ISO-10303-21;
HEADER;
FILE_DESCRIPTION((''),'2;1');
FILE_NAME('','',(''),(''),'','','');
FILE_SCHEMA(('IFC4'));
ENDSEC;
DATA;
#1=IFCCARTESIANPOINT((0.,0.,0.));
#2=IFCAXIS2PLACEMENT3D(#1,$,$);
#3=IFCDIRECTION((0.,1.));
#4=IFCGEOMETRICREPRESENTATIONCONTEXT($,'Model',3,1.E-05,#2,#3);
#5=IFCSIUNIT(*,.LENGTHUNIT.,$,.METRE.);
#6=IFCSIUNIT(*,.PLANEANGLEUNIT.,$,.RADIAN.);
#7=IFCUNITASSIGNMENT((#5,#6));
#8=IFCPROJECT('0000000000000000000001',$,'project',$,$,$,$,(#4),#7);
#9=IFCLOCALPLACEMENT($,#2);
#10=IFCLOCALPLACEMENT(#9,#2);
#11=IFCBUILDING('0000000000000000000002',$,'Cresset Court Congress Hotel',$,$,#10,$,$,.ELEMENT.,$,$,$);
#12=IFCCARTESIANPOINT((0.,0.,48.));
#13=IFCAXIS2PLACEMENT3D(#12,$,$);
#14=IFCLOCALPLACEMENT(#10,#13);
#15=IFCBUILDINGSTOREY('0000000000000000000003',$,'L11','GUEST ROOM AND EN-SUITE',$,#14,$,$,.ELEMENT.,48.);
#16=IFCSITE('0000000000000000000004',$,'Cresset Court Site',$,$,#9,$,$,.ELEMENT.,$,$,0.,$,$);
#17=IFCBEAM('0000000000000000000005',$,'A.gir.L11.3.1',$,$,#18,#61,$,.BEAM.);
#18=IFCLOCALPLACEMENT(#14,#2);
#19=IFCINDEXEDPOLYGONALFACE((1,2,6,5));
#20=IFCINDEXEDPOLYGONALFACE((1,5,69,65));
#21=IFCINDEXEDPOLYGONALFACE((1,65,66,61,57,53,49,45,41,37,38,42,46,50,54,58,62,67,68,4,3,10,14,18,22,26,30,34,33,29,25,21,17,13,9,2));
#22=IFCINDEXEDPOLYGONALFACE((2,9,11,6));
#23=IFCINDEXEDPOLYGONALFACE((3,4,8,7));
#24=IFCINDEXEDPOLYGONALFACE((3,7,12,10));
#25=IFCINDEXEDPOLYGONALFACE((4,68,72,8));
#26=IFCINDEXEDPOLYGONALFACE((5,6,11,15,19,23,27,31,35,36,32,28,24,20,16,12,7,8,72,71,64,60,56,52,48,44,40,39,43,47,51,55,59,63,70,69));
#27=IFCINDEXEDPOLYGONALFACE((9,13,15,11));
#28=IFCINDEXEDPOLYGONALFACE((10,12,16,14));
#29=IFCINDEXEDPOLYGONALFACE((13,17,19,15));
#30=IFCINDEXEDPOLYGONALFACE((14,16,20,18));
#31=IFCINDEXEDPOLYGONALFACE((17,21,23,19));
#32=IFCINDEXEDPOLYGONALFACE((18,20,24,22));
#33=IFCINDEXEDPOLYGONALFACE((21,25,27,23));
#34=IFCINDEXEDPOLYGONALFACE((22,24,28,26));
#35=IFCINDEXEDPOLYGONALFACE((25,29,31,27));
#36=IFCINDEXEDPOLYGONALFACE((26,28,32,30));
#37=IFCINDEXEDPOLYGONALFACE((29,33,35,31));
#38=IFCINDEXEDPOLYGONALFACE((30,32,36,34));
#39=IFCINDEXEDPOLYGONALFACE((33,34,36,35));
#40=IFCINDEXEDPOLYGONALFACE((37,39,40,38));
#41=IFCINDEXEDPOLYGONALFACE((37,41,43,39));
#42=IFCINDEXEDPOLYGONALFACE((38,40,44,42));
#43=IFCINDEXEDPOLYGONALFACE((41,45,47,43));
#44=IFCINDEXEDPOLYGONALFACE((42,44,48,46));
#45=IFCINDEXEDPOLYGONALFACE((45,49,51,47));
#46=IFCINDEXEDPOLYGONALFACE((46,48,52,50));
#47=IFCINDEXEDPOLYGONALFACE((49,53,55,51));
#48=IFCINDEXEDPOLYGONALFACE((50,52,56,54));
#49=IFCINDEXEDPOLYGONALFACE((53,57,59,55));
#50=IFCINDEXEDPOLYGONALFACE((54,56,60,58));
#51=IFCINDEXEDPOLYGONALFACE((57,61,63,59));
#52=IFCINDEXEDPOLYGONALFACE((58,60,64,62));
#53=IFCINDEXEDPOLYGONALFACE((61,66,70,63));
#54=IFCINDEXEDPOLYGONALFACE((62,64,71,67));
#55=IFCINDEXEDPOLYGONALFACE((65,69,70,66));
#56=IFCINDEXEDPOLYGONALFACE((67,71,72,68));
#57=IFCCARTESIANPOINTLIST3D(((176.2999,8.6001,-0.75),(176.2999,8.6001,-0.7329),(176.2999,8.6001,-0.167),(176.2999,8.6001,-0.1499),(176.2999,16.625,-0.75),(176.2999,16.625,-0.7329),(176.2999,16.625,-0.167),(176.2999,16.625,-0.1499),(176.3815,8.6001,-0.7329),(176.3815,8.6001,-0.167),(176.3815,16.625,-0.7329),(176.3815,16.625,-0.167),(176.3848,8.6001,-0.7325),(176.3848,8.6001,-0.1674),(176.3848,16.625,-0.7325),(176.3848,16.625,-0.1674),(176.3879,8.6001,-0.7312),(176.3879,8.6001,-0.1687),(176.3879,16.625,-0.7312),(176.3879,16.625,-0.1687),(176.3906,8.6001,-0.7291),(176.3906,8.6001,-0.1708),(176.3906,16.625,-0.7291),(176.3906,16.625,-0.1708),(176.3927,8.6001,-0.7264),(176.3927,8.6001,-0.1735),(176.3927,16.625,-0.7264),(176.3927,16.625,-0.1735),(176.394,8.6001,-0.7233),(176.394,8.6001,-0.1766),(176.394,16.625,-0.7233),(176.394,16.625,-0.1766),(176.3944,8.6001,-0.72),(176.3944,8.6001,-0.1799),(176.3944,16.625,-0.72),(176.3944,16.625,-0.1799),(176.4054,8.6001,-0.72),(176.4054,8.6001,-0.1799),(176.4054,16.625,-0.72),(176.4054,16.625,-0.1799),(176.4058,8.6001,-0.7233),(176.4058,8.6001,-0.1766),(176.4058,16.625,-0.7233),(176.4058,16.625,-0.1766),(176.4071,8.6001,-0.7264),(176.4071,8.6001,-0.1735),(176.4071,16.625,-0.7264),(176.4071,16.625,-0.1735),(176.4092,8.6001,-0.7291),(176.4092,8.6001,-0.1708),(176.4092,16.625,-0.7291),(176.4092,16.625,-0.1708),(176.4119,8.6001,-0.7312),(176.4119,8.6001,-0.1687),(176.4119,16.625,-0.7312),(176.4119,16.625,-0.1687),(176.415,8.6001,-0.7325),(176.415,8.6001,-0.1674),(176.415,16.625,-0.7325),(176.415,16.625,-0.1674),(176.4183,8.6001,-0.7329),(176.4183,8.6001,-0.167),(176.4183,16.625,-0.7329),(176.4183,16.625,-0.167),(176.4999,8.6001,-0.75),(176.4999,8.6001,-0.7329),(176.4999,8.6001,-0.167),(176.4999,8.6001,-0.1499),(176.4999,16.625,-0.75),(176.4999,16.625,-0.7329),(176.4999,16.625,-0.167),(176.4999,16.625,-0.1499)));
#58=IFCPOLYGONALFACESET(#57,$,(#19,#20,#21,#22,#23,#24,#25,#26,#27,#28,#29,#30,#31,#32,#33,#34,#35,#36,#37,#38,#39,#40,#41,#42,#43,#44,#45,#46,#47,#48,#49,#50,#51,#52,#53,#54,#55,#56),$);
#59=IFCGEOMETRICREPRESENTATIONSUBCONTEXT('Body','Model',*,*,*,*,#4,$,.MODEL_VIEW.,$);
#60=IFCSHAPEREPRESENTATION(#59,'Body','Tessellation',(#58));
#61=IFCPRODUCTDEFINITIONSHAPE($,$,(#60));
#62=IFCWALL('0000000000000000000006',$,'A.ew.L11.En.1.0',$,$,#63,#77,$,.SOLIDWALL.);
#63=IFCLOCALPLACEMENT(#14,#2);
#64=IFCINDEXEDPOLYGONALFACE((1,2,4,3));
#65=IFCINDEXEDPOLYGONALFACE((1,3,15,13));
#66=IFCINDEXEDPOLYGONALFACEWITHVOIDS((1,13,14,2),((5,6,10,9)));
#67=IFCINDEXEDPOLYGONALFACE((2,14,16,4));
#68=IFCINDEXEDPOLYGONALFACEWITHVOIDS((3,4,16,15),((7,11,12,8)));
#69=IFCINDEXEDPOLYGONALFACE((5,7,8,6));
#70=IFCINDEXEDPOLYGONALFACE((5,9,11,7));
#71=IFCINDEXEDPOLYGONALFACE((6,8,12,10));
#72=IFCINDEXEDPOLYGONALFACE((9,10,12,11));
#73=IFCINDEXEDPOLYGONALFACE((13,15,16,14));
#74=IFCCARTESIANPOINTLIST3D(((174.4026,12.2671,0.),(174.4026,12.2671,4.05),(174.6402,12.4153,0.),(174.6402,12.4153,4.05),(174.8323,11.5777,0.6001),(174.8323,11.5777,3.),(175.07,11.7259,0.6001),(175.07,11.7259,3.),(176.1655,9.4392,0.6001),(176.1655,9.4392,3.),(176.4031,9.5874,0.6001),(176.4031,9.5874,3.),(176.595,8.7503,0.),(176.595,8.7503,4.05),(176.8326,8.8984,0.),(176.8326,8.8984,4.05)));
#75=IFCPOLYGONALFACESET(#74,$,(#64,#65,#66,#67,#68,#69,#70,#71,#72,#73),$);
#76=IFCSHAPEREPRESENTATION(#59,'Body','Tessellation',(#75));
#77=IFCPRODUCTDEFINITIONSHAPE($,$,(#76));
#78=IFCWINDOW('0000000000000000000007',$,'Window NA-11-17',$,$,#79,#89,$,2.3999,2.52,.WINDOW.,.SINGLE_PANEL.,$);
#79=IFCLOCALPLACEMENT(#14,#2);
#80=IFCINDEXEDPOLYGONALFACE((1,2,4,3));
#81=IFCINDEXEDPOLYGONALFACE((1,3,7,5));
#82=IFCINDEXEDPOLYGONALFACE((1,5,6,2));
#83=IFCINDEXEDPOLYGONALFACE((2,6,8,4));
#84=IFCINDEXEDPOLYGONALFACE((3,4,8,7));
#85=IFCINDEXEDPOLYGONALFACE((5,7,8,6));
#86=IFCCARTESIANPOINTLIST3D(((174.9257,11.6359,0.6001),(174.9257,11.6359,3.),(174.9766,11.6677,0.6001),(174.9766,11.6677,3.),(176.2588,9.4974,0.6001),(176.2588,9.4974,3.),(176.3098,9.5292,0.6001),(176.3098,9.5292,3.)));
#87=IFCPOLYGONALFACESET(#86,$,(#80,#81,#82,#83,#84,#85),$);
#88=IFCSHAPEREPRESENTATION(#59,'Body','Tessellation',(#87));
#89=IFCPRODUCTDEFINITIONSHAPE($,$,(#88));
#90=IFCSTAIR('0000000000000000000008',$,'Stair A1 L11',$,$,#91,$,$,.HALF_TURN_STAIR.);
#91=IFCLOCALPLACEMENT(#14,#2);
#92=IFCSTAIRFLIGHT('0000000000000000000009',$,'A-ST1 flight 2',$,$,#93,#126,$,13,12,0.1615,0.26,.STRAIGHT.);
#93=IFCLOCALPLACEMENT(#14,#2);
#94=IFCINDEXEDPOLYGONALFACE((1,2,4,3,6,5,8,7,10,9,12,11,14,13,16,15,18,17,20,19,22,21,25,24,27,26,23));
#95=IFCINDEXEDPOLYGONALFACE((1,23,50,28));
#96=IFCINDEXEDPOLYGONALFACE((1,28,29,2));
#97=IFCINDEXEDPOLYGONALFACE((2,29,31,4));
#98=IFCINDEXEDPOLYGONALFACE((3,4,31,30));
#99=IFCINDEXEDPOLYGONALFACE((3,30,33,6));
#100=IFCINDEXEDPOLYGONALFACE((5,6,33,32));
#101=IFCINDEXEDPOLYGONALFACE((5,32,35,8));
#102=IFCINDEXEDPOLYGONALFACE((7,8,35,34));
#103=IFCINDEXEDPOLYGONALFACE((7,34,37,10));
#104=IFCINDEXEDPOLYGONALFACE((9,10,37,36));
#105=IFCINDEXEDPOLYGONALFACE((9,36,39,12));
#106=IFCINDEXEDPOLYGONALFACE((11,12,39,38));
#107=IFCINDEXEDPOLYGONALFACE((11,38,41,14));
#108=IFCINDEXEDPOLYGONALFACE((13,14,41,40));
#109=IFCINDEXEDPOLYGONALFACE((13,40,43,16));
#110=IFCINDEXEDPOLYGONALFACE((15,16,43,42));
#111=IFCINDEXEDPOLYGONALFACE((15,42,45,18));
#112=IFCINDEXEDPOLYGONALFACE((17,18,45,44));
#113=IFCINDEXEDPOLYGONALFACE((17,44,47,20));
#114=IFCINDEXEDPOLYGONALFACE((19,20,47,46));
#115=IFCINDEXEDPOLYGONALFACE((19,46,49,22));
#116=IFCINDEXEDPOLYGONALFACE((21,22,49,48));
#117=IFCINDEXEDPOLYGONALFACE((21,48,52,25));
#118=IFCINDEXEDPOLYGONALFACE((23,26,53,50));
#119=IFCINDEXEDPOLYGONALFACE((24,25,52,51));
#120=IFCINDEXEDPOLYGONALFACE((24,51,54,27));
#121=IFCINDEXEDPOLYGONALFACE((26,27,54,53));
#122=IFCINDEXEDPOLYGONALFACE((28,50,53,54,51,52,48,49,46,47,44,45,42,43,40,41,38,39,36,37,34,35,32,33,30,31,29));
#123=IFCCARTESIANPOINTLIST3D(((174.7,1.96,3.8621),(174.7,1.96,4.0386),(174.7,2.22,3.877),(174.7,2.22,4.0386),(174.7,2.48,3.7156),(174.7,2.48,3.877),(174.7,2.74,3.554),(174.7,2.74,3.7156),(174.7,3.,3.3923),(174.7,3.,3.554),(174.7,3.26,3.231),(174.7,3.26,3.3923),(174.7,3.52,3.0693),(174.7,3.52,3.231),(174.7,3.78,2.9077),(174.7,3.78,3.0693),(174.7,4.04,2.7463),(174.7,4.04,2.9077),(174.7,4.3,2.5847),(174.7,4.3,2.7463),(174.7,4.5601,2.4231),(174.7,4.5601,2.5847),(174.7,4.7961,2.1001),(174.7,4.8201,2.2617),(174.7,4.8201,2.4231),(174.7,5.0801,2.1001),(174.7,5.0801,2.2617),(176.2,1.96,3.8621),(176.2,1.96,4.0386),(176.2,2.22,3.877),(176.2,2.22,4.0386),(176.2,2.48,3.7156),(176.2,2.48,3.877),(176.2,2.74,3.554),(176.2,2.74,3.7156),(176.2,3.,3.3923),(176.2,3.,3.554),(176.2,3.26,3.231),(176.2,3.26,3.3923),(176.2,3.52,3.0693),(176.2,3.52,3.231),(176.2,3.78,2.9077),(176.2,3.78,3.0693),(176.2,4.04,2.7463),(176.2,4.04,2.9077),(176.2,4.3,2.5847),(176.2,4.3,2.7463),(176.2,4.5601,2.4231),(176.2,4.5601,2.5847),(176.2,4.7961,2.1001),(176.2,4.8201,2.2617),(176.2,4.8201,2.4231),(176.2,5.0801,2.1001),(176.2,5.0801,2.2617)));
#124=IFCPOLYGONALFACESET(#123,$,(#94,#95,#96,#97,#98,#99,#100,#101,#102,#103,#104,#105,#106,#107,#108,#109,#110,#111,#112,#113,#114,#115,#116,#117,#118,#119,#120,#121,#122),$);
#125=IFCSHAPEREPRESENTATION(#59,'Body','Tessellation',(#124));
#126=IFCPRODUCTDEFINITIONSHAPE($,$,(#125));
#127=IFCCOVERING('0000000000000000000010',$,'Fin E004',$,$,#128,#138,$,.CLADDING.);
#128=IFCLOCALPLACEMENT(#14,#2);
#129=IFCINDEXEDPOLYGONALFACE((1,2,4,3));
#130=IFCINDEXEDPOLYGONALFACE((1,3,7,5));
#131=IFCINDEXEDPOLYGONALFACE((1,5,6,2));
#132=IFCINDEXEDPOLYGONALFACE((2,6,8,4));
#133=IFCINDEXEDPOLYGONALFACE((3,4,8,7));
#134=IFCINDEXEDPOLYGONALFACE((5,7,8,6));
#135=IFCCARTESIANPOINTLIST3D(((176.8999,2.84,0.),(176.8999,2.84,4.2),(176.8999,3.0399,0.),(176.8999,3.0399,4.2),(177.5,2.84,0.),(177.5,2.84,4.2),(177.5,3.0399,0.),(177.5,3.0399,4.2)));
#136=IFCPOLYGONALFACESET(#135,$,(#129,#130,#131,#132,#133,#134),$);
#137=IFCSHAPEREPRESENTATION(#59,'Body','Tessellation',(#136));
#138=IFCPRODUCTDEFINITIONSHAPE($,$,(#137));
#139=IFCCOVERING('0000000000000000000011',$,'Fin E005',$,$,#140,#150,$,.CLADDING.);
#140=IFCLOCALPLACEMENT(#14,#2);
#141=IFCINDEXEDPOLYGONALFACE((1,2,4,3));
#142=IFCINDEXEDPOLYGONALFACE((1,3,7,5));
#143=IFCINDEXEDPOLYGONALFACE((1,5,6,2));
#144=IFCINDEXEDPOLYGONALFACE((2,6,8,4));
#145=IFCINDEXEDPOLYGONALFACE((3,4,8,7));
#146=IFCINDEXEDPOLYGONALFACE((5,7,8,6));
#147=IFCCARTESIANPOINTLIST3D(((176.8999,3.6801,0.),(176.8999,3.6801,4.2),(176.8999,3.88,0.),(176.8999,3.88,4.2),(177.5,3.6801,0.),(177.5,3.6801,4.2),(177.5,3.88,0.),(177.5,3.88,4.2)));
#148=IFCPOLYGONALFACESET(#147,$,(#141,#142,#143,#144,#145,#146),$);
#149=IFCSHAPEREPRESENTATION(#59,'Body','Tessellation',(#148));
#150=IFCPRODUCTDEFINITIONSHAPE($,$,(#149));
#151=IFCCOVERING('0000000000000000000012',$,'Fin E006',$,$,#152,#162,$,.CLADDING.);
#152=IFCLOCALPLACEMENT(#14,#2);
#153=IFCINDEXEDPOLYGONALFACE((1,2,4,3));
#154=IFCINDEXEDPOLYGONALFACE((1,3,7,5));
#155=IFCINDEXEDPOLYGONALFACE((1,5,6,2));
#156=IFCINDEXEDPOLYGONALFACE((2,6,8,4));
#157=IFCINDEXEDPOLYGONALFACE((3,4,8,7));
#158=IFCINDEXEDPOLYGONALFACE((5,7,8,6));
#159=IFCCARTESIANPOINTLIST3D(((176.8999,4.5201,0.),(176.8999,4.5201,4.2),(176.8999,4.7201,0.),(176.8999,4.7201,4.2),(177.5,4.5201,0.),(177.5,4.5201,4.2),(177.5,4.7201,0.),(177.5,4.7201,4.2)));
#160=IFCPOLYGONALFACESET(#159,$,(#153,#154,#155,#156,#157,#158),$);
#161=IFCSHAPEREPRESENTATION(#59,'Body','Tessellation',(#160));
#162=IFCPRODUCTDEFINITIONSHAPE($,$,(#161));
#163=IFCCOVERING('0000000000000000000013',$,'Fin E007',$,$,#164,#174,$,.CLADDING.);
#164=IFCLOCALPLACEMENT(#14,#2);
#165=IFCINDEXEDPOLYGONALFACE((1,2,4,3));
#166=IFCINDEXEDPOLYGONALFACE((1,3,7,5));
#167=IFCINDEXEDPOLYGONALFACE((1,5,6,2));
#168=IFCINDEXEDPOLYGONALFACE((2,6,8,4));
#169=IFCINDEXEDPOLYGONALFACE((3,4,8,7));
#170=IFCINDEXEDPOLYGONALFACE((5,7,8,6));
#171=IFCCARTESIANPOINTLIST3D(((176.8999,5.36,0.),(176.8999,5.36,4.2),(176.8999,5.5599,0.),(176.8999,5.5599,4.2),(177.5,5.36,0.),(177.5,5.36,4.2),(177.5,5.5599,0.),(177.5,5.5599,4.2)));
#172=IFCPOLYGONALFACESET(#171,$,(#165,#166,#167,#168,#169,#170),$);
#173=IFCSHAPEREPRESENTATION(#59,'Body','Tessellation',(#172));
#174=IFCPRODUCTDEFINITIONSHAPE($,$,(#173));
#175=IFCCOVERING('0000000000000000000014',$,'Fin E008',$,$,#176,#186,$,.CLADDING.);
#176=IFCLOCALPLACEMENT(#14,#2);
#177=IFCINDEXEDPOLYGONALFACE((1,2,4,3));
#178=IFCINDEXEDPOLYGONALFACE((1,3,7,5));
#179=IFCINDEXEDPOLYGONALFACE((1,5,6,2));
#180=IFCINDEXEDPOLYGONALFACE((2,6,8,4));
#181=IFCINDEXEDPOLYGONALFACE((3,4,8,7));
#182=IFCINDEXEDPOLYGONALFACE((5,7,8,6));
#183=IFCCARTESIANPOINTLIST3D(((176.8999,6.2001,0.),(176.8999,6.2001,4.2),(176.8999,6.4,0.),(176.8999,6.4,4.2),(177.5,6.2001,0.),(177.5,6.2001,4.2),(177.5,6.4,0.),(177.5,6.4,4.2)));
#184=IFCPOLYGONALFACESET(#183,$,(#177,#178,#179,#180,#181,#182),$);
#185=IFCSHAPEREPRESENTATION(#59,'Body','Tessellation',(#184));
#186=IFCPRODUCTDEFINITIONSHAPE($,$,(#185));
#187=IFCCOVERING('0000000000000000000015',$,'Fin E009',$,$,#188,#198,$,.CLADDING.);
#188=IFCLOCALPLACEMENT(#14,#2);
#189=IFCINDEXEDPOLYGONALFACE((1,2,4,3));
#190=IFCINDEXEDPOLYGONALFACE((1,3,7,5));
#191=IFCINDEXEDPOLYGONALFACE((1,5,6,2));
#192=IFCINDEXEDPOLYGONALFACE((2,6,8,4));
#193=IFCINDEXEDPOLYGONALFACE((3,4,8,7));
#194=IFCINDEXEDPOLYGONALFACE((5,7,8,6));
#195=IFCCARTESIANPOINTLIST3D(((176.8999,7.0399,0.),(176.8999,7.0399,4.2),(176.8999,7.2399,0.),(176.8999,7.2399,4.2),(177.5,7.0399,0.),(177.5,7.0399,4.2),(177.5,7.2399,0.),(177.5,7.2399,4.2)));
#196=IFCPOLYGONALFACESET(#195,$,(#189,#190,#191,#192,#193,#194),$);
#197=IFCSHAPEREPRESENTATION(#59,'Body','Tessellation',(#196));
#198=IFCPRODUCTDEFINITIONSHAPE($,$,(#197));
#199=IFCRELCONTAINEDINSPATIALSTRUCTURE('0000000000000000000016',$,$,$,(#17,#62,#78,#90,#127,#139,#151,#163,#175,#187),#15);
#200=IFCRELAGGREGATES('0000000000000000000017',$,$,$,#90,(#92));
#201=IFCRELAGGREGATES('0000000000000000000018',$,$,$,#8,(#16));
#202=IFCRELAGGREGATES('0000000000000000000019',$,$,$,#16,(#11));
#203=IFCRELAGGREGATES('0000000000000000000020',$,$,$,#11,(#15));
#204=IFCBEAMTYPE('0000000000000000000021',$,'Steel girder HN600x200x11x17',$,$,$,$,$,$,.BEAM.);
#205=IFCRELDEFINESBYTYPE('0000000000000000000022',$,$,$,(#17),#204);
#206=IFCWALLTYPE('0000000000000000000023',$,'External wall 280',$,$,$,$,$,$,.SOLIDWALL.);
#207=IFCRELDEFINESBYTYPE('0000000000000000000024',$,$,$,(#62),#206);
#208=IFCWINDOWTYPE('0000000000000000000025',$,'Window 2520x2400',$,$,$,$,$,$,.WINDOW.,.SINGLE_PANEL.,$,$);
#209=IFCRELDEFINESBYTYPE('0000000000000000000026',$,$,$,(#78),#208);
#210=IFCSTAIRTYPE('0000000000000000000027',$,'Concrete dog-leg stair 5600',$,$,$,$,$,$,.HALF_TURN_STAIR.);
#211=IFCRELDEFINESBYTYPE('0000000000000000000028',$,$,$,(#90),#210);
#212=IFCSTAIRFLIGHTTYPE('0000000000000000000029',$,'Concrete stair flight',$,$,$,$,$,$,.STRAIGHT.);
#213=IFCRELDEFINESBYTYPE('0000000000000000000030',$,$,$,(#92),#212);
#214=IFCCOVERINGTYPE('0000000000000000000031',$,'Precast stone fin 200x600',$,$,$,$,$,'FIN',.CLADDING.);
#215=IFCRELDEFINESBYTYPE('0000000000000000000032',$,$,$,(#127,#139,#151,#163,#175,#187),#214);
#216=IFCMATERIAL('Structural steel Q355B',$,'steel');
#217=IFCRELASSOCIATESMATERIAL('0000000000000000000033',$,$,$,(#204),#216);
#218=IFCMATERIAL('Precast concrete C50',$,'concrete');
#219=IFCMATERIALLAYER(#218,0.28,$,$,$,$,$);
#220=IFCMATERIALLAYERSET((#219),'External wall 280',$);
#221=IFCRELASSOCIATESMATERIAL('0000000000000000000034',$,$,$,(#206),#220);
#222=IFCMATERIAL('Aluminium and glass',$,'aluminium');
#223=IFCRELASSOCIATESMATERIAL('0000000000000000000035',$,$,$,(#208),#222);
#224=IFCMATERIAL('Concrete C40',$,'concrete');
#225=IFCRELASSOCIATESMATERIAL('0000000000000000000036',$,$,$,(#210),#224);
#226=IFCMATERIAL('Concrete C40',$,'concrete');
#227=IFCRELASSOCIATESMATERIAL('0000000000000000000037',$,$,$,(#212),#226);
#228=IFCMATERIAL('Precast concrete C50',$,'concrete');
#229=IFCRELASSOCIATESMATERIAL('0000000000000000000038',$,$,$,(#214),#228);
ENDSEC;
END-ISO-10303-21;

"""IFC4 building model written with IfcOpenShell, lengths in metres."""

from ifc_helpers import new_model, si_unit, direction, frame, frame_2d, origin, origin_2d, place, context, subcontext, project, spatial, polyline, rectangle, i_section, outline, extrude, material, layer, layer_set, material_profile, profile_set, type_object, element, fill, aggregate, save


model = new_model("IFC4")

# Units and contexts
model_context = context("Model", 3, precision=1e-05, world=origin(), true_north=direction((0.0, 1.0)))
body_context = subcontext(model_context, "Body", "Model", "MODEL_VIEW")
ifc_project = project(units=[si_unit("LENGTHUNIT", "METRE"), si_unit("PLANEANGLEUNIT", "RADIAN")], contexts=[model_context])

# Site, building, storey
site_placement = place(None, origin())
site = spatial("IfcSite", under=ifc_project, at=site_placement, Name="Cresset Court Site", CompositionType="ELEMENT", RefElevation=0.0)
building_placement = place(site_placement, origin())
building = spatial("IfcBuilding", under=site, at=building_placement, Name="Cresset Court Congress Hotel", CompositionType="ELEMENT")
storey_placement = place(building_placement, frame((0.0, 0.0, 48.0)))
storey = spatial("IfcBuildingStorey", under=building, at=storey_placement, Name="L11", Description="GUEST ROOM AND EN-SUITE", CompositionType="ELEMENT", Elevation=48.0)

# Beam
ifc_material_1 = material(Name="Structural steel Q355B", Category="steel")
ifc_material_profile = material_profile(ifc_material_1, i_section(OverallWidth=0.2, OverallDepth=0.6001, WebThickness=0.011, FlangeThickness=0.0171, FilletRadius=0.0129, at=origin_2d()), Name="HN600x200x11x17")
ifc_profile_set = profile_set([ifc_material_profile], Name="Structural steel Q355B")
beam_type = type_object("IfcBeamType", Name="Steel girder HN600x200x11x17", PredefinedType="BEAM", material=ifc_profile_set)
beam_placement = place(storey_placement, frame((176.3999, 8.6001, -0.45), z_axis=(0.0, 1.0, 0.0), x_axis=(-1.0, 0.0, 0.0)))
element("IfcBeam", 1, at=beam_placement, inside=storey, type_object=beam_type, Name="A.gir.L11.3.1", PredefinedType="BEAM", context=body_context, shape_type="SweptSolid", body=[
    extrude(i_section(OverallWidth=0.2, OverallDepth=0.6001, WebThickness=0.011, FlangeThickness=0.0171, FilletRadius=0.0129, at=origin_2d()), origin(), (0.0, 0.0, 1.0), 8.0249),
])

# Wall, opening, window
ifc_material_2 = material(Name="Precast concrete C50", Category="concrete")
ifc_layer = layer(ifc_material_2, 0.28)
ifc_layer_set = layer_set([ifc_layer], Name="External wall 280")
wall_type = type_object("IfcWallType", Name="External wall 280", PredefinedType="SOLIDWALL", material=ifc_layer_set)
wall_1_placement = place(storey_placement, frame((176.7139, 8.8242, 0.0), z_axis=(0.0, 0.0, 1.0), x_axis=(-0.529019, 0.84861, 0.0)))
wall_1 = element("IfcWall", 2, at=wall_1_placement, inside=storey, type_object=wall_type, Name="A.ew.L11.En.1.0", PredefinedType="SOLIDWALL", context=body_context, shape_type="SweptSolid", body=[
    extrude(rectangle(XDim=4.1443, YDim=0.28, at=frame_2d((2.0723, 0.0))), origin(), (0.0, 0.0, 1.0), 4.05),
])
opening_placement = place(wall_1_placement, frame((0.812, 0.0, 0.6001)))
opening = element("IfcOpeningElement", 3, at=opening_placement, cuts=wall_1, PredefinedType="OPENING", context=body_context, shape_type="SweptSolid", body=[
    extrude(rectangle(XDim=2.52, YDim=2.3999, at=frame_2d((1.26, 1.2))), frame((0.0, 0.1499, 0.0), z_axis=(0.0, -1.0, 0.0), x_axis=(1.0, 0.0, 0.0)), (0.0, 0.0, 1.0), 0.3),
])
ifc_material_3 = material(Name="Aluminium and glass", Category="aluminium")
window_type = type_object("IfcWindowType", Name="Window 2520x2400", PartitioningType="SINGLE_PANEL", PredefinedType="WINDOW", material=ifc_material_3)
window_placement = place(opening_placement, origin())
window = element("IfcWindow", 4, at=window_placement, inside=storey, type_object=window_type, Name="Window NA-11-17", OverallHeight=2.3999, OverallWidth=2.52, PartitioningType="SINGLE_PANEL", PredefinedType="WINDOW", context=body_context, shape_type="SweptSolid", body=[
    extrude(rectangle(XDim=2.52, YDim=2.3999, at=frame_2d((1.26, 1.2))), frame((0.0, 0.03, 0.0), z_axis=(0.0, -1.0, 0.0), x_axis=(1.0, 0.0, 0.0)), (0.0, 0.0, 1.0), 0.0601),
])
fill(opening, window)

# Stair, stair flight
ifc_material_4 = material(Name="Concrete C40", Category="concrete")
stair_type = type_object("IfcStairType", Name="Concrete dog-leg stair 5600", PredefinedType="HALF_TURN_STAIR", material=ifc_material_4)
stair_placement = place(storey_placement, origin())
stair = element("IfcStair", 5, at=stair_placement, inside=storey, type_object=stair_type, Name="Stair A1 L11", PredefinedType="HALF_TURN_STAIR")
ifc_material_5 = material(Name="Concrete C40", Category="concrete")
stair_flight_type = type_object("IfcStairFlightType", Name="Concrete stair flight", PredefinedType="STRAIGHT", material=ifc_material_5)
stair_flight_placement = place(storey_placement, frame((175.45, 5.0801, 2.1001), z_axis=(0.0, 0.0, 1.0), x_axis=(0.0, -1.0, 0.0)))
stair_flight = element("IfcStairFlight", 6, at=stair_flight_placement, type_object=stair_flight_type, Name="A-ST1 flight 2", NumberOfRisers=13, NumberOfTreads=12, PredefinedType="STRAIGHT", RiserHeight=0.1615, TreadLength=0.26, context=body_context, shape_type="SweptSolid", body=[
    extrude(outline(polyline([(0.0, 0.0), (0.0, 0.1616), (0.26, 0.1616), (0.26, 0.323), (0.52, 0.323), (0.52, 0.4846), (0.78, 0.4846), (0.78, 0.6462), (1.04, 0.6462), (1.04, 0.8076), (1.3, 0.8076), (1.3, 0.9692), (1.5601, 0.9692), (1.5601, 1.1309), (1.8201, 1.1309), (1.8201, 1.2922), (2.0801, 1.2922), (2.0801, 1.4539), (2.3401, 1.4539), (2.3401, 1.6155), (2.6001, 1.6155), (2.6001, 1.7769), (2.8601, 1.7769), (2.8601, 1.9385), (3.1201, 1.9385), (3.1201, 2.1001), (3.1201, 1.762), (0.2839, 0.0), (0.0, 0.0)])), frame((0.0, 0.75, 0.0), z_axis=(0.0, -1.0, 0.0), x_axis=(1.0, 0.0, 0.0)), (0.0, 0.0, 1.0), 1.5),
])
aggregate(stair, [stair_flight])

# Coverings
ifc_material_6 = material(Name="Precast concrete C50", Category="concrete")
covering_type_1 = type_object("IfcCoveringType", Name="Precast stone fin 200x600", ElementType="FIN", PredefinedType="CLADDING", material=ifc_material_6)
for number, where, z_axis, x_axis, name in (
    (7, (177.2, 2.9399, 0.0), (0.0, 0.0, 1.0), (1.0, 0.0, 0.0), "Fin E004"),
    (8, (177.2, 3.78, 0.0), (0.0, 0.0, 1.0), (1.0, 0.0, 0.0), "Fin E005"),
    (9, (177.2, 4.6201, 0.0), (0.0, 0.0, 1.0), (1.0, 0.0, 0.0), "Fin E006"),
    (10, (177.2, 5.46, 0.0), (0.0, 0.0, 1.0), (1.0, 0.0, 0.0), "Fin E007"),
    (11, (177.2, 6.3, 0.0), (0.0, 0.0, 1.0), (1.0, 0.0, 0.0), "Fin E008"),
    (12, (177.2, 7.1399, 0.0), (0.0, 0.0, 1.0), (1.0, 0.0, 0.0), "Fin E009"),
):
    element("IfcCovering", number, at=place(storey_placement, frame(where, z_axis=z_axis, x_axis=x_axis)), inside=storey, type_object=covering_type_1, Name=name, PredefinedType="CLADDING", context=body_context, shape_type="SweptSolid", body=[
        extrude(rectangle(XDim=0.6001, YDim=0.2, at=origin_2d()), origin(), (0.0, 0.0, 1.0), 4.2),
    ])

save(model, "model.ifc")
